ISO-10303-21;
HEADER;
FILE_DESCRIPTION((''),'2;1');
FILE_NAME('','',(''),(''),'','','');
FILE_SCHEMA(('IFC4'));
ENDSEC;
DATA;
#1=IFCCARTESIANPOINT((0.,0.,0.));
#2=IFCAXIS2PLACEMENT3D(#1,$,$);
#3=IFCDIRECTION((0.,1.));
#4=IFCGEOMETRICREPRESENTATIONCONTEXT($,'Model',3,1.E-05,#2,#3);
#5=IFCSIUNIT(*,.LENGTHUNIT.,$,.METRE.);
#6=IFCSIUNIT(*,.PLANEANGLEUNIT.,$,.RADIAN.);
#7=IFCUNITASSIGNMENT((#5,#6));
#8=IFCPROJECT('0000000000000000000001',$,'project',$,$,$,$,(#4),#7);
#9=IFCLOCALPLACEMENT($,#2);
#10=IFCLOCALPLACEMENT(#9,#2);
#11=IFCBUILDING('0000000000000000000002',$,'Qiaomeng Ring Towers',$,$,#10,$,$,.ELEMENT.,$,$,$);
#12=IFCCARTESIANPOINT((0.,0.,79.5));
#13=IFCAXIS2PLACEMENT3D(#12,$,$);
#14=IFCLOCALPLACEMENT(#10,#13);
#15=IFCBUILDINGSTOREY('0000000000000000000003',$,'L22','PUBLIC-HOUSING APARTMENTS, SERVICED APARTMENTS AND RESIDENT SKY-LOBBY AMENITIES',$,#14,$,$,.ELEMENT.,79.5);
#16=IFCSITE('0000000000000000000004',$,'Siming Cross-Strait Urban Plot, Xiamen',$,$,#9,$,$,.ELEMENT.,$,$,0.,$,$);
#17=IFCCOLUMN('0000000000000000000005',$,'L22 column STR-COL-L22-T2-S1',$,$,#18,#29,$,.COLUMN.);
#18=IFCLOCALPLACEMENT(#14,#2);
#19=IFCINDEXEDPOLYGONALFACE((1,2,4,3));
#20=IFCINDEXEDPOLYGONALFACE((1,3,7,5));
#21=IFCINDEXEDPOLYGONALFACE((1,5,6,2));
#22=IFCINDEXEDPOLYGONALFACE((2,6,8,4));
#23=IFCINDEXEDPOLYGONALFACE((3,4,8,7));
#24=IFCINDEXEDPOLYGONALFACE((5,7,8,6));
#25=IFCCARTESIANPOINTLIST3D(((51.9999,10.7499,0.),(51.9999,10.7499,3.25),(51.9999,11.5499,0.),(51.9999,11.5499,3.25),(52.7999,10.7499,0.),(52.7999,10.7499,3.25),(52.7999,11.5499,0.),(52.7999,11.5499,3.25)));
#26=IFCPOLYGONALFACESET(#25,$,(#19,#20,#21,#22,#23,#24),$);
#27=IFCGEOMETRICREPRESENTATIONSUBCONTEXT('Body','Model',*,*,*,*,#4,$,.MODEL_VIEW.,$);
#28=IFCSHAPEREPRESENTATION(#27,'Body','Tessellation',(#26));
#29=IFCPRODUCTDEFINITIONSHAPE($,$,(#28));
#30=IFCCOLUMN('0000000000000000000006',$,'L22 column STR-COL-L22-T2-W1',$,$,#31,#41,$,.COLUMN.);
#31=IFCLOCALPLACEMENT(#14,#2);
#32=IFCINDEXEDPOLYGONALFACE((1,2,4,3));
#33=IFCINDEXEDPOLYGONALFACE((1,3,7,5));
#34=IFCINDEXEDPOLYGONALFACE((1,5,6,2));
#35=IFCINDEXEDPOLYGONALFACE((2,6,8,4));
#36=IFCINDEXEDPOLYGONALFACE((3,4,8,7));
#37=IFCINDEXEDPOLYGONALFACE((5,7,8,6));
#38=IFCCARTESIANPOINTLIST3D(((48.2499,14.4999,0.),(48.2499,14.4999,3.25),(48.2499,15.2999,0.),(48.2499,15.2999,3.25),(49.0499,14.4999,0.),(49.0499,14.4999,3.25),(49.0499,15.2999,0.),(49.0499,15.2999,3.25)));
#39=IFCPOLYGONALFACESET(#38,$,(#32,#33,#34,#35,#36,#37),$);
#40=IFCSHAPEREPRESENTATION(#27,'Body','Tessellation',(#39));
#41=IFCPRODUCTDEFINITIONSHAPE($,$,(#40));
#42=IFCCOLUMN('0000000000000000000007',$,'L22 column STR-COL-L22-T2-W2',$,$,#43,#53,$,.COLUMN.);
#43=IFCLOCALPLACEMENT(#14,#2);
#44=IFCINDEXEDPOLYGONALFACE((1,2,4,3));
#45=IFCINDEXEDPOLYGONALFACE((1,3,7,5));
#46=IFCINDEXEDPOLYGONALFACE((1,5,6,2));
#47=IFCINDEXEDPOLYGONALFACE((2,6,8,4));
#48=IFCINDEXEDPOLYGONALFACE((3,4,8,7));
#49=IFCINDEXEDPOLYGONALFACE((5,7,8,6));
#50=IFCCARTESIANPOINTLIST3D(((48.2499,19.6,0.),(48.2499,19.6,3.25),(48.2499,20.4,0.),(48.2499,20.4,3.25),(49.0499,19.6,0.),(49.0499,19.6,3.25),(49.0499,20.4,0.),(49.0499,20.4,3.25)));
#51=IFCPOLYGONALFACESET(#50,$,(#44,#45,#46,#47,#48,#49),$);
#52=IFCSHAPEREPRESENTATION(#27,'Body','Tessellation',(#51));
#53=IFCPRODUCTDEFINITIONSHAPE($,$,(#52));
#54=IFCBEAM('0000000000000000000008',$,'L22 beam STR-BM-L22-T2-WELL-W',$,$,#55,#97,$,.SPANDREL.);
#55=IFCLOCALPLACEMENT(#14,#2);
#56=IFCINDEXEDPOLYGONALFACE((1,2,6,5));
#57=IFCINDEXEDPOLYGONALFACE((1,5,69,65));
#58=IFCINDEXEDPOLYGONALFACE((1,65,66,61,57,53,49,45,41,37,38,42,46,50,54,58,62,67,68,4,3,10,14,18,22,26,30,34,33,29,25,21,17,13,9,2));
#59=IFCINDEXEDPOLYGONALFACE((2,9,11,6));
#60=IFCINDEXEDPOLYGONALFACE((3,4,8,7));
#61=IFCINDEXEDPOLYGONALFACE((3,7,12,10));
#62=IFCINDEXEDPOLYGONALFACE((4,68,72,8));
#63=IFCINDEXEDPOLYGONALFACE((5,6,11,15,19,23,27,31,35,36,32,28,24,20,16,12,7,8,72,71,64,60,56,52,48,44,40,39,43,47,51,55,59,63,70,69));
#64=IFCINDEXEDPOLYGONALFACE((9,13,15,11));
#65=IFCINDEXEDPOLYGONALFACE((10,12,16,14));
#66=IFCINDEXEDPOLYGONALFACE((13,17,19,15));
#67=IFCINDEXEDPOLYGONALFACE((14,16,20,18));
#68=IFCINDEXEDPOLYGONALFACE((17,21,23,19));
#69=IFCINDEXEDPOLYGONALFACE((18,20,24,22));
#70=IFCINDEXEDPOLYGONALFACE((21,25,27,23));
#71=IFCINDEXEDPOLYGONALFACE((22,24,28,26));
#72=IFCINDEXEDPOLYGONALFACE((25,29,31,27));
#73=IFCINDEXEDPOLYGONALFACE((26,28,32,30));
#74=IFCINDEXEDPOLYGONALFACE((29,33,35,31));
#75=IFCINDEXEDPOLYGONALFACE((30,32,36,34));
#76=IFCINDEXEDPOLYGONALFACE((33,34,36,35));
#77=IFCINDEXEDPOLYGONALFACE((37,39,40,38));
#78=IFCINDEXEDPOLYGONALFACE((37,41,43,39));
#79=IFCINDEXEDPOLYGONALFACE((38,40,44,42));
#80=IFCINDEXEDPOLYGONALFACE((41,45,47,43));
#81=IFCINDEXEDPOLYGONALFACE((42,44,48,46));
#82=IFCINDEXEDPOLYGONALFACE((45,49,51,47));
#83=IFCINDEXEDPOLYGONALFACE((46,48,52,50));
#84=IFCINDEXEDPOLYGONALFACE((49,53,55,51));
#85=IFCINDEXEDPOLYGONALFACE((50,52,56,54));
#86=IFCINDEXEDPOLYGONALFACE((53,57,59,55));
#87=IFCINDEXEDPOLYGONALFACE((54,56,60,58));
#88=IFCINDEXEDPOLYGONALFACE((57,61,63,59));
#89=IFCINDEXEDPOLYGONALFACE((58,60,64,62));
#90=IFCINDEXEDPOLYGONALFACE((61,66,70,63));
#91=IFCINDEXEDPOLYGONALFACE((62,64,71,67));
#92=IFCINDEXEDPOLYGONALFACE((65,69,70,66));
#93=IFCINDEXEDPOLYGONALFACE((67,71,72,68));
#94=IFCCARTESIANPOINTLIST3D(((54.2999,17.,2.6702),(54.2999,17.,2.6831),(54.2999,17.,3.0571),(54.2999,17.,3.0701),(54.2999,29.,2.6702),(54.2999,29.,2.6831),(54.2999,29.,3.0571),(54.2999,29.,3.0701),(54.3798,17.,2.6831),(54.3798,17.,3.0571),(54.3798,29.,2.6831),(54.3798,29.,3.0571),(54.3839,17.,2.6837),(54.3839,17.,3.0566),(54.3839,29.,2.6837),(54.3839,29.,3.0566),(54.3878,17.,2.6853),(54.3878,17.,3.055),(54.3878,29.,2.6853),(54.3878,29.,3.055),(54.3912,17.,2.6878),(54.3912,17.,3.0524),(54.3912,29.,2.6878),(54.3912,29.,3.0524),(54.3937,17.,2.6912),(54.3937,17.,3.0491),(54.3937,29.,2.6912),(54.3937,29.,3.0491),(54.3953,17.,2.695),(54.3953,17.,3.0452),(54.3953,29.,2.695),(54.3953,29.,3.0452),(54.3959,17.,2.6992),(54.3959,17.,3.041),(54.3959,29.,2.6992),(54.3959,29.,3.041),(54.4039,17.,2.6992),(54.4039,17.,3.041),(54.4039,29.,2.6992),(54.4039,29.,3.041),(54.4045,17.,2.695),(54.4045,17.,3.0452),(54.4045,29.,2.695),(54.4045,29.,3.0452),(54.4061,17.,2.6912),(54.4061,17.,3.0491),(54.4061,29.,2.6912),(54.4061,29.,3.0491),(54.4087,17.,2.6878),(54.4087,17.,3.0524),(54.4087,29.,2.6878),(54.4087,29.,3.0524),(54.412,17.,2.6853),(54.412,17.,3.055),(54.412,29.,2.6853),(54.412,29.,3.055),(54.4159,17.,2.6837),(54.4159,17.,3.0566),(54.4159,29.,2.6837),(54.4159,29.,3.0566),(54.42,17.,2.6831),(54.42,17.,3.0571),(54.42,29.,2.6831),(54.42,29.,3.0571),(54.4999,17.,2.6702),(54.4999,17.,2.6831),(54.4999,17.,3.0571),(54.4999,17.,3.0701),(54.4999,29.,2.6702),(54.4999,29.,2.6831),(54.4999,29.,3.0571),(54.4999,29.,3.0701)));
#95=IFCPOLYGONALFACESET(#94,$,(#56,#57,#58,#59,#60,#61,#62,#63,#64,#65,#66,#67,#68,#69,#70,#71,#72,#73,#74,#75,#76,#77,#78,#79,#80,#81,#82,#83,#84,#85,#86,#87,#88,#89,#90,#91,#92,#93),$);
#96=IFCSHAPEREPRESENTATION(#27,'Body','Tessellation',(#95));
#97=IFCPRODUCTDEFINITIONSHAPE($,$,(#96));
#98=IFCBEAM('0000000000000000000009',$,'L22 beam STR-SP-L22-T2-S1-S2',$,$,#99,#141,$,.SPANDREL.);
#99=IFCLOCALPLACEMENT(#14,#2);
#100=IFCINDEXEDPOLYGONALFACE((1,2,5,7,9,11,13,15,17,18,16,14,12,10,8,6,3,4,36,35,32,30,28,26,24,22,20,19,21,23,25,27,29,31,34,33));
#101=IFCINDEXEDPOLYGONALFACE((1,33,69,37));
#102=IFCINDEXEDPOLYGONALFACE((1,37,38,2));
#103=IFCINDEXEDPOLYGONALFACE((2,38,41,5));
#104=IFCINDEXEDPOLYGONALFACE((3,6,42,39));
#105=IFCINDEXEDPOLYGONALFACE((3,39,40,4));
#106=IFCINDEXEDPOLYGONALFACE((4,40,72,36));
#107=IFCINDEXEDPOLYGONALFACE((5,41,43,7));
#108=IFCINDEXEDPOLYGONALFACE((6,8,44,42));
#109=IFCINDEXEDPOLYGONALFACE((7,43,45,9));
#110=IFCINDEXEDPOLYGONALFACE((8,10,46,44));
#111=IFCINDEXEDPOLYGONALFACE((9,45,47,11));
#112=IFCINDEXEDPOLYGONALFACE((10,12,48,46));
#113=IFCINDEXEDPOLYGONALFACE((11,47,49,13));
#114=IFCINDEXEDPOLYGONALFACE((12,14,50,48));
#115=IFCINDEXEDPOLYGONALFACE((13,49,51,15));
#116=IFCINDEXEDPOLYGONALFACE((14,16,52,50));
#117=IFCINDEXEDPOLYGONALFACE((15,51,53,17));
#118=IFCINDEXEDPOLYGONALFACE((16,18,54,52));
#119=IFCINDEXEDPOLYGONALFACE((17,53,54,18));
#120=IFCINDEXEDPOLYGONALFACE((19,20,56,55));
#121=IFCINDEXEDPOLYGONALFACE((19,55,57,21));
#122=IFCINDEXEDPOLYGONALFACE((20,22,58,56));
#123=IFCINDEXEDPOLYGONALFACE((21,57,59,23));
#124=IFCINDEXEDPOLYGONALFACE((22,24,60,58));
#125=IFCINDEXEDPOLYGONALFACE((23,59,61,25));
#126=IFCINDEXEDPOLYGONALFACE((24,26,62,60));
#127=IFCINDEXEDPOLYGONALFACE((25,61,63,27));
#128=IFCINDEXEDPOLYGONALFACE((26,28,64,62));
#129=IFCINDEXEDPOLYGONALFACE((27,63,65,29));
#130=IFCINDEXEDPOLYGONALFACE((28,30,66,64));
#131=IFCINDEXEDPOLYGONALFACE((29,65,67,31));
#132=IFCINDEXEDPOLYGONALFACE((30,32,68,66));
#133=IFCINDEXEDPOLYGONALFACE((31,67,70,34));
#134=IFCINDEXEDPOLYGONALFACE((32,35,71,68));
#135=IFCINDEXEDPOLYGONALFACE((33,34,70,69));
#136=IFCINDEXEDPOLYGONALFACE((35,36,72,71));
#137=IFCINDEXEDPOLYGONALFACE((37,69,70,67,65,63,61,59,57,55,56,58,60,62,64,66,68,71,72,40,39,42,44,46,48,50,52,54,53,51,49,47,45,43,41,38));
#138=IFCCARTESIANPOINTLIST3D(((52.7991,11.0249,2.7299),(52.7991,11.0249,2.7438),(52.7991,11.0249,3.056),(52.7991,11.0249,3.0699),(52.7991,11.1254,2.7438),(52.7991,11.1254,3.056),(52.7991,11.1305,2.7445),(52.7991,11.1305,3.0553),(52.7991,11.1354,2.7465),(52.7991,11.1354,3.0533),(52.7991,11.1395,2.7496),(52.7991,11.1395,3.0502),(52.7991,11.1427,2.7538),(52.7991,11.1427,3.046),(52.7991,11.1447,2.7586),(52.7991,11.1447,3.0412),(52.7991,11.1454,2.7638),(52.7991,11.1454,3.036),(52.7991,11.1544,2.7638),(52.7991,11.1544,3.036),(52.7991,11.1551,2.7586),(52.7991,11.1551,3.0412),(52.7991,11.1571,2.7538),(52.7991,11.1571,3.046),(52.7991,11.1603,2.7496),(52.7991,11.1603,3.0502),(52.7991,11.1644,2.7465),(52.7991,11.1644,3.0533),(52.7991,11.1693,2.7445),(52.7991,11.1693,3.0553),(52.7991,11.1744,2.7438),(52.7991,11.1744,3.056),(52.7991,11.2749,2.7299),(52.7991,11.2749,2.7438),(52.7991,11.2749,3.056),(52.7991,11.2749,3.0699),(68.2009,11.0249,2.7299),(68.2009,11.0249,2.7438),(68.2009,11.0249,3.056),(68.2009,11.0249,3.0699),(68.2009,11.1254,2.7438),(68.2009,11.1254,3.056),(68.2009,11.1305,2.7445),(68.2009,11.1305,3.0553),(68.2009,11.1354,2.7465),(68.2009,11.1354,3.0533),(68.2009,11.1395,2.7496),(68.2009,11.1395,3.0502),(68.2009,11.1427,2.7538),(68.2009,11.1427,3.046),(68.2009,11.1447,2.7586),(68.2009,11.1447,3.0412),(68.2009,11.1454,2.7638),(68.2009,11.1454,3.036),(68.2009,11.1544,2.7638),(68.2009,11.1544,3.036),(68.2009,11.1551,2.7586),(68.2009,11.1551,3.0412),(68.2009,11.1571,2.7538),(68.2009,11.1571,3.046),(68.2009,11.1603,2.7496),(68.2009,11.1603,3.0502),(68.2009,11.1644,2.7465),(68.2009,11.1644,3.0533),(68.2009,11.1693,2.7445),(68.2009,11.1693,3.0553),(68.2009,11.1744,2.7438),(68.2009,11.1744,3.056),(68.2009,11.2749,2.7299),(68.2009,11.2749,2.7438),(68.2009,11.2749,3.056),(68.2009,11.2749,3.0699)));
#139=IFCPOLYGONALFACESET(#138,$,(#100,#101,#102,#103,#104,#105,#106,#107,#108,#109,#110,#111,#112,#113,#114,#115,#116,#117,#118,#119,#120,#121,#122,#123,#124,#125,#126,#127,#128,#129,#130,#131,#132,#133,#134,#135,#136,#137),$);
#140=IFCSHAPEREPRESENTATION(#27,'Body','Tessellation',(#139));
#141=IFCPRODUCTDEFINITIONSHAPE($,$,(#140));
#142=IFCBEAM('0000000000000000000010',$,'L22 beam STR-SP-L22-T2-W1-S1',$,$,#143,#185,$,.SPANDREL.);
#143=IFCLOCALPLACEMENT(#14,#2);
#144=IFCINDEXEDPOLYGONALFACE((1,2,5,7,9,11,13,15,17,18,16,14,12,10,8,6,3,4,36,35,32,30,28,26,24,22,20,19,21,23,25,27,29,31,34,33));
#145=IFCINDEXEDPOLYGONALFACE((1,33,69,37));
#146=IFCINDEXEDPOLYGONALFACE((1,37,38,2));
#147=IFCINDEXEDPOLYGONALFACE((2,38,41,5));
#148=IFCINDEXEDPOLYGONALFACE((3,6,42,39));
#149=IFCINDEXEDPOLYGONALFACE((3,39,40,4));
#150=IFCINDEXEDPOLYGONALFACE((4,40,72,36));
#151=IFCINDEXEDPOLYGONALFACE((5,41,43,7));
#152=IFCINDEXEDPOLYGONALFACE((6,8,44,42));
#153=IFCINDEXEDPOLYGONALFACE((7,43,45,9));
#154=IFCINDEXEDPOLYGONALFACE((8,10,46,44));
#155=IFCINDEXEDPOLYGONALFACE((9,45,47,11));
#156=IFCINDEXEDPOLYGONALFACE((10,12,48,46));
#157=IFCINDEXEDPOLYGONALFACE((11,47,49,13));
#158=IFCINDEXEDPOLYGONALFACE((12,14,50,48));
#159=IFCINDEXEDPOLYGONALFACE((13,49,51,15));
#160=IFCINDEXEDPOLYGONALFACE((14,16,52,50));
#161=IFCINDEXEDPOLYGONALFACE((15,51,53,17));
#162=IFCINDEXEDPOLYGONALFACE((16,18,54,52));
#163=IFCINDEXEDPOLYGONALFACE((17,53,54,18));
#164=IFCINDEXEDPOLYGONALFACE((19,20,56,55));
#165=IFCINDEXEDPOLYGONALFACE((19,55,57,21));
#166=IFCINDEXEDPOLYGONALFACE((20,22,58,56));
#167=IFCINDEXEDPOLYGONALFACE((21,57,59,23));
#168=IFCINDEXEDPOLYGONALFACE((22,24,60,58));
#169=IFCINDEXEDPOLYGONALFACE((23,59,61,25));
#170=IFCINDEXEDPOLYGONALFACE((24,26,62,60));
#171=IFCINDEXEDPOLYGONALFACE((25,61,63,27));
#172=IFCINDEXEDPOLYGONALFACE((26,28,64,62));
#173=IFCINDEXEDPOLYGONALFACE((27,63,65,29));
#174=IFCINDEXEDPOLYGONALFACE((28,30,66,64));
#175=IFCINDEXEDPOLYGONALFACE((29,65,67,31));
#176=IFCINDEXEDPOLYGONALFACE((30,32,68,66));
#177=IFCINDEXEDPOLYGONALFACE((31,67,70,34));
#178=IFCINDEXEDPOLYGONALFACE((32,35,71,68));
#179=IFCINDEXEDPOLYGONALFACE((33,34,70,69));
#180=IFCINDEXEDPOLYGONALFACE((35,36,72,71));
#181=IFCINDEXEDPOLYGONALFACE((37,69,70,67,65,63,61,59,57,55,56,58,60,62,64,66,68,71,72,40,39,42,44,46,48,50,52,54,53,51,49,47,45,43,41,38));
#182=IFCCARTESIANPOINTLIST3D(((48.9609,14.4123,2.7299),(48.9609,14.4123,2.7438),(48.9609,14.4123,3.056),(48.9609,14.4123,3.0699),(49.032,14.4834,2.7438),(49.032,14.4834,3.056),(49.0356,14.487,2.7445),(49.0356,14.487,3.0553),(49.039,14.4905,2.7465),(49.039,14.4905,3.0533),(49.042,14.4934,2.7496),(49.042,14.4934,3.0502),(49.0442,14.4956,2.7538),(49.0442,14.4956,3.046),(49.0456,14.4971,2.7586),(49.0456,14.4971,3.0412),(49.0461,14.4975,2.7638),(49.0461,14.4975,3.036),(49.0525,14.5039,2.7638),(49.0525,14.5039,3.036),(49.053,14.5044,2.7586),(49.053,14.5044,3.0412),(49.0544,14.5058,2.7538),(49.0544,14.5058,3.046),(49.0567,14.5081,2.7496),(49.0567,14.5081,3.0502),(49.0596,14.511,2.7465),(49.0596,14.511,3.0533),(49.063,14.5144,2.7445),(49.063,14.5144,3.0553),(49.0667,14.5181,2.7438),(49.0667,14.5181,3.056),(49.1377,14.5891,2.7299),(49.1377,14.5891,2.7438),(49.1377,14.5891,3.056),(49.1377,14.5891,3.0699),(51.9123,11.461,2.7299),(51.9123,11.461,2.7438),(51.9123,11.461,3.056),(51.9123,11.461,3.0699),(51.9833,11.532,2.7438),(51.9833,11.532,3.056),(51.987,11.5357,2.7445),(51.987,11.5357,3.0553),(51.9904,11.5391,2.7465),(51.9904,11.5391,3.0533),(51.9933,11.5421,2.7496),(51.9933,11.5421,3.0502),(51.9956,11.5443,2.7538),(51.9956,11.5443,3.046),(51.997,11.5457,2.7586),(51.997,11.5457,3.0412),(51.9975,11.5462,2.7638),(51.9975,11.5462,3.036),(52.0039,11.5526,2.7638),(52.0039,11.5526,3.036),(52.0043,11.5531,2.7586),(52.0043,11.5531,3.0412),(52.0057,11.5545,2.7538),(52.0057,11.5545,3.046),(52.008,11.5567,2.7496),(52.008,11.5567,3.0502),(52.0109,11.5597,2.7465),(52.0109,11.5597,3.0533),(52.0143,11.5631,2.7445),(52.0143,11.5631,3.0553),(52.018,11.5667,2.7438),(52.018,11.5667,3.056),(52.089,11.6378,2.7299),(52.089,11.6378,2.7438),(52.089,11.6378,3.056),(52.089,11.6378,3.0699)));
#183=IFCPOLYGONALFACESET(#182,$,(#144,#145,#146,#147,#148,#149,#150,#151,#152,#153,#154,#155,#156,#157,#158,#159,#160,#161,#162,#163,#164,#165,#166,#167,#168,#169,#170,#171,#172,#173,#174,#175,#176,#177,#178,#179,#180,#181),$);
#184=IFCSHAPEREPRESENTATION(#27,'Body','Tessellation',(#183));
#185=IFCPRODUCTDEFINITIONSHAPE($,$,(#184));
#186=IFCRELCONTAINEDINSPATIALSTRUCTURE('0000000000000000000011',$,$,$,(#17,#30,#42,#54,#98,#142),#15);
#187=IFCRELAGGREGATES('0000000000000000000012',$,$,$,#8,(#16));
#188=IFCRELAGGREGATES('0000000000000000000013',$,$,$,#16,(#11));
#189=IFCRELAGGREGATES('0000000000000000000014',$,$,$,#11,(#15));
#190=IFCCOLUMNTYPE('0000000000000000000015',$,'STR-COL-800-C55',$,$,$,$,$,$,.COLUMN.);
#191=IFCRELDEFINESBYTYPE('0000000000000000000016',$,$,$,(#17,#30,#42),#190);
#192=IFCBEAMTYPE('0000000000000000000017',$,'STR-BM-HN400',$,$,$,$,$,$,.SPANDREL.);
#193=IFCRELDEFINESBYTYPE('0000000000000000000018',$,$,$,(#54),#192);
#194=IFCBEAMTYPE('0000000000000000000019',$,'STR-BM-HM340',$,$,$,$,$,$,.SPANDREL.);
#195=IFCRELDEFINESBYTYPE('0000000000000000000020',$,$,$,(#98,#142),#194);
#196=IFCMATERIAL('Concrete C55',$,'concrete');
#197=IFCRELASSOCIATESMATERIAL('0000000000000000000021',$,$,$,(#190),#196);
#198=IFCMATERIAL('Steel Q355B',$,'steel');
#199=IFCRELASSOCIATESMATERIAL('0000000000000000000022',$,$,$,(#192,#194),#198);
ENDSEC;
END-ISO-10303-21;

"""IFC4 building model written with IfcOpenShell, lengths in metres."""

from ifc_helpers import new_model, si_unit, direction, frame, origin, origin_2d, place, context, subcontext, project, spatial, rectangle, i_section, extrude, source, transform, mapped, material, material_profile, profile_set, type_object, element, save


model = new_model("IFC4")

# Units and contexts
model_context = context("Model", 3, precision=1e-05, world=origin(), true_north=direction((0.0, 1.0)))
body_context = subcontext(model_context, "Body", "Model", "MODEL_VIEW")
ifc_project = project(units=[si_unit("LENGTHUNIT", "METRE"), si_unit("PLANEANGLEUNIT", "RADIAN")], contexts=[model_context])

# Site, building, storey
site_placement = place(None, origin())
site = spatial("IfcSite", under=ifc_project, at=site_placement, Name="Siming Cross-Strait Urban Plot, Xiamen", CompositionType="ELEMENT", RefElevation=0.0)
building_placement = place(site_placement, origin())
building = spatial("IfcBuilding", under=site, at=building_placement, Name="Qiaomeng Ring Towers", CompositionType="ELEMENT")
storey_placement = place(building_placement, frame((0.0, 0.0, 79.5)))
storey = spatial("IfcBuildingStorey", under=building, at=storey_placement, Name="L22", Description="PUBLIC-HOUSING APARTMENTS, SERVICED APARTMENTS AND RESIDENT SKY-LOBBY AMENITIES", CompositionType="ELEMENT", Elevation=79.5)

# Columns
ifc_material_1 = material(Name="Concrete C55", Category="concrete")
ifc_material_profile_1 = material_profile(ifc_material_1, rectangle(XDim=0.8, YDim=0.8, at=origin_2d()), Name="RC COL 800x800")
ifc_profile_set_1 = profile_set([ifc_material_profile_1], Name="Concrete C55")
column_type = type_object("IfcColumnType", Name="STR-COL-800-C55", PredefinedType="COLUMN", material=ifc_profile_set_1)
shared_shape_1 = source(origin(), body_context, "Body", "SweptSolid", [
    extrude(rectangle(XDim=0.8, YDim=0.8, at=origin_2d()), origin(), (0.0, 0.0, 1.0), 3.25),
])
for number, where, z_axis, x_axis, name in (
    (1, (52.3999, 11.1499, 0.0), (0.0, 0.0, 1.0), (1.0, 0.0, 0.0), "L22 column STR-COL-L22-T2-S1"),
    (2, (48.6499, 14.8999, 0.0), (0.0, 0.0, 1.0), (1.0, 0.0, 0.0), "L22 column STR-COL-L22-T2-W1"),
    (3, (48.6499, 20.0, 0.0), (0.0, 0.0, 1.0), (1.0, 0.0, 0.0), "L22 column STR-COL-L22-T2-W2"),
):
    element("IfcColumn", number, at=place(storey_placement, frame(where, z_axis=z_axis, x_axis=x_axis)), inside=storey, type_object=column_type, Name=name, PredefinedType="COLUMN", context=body_context, shape_type="MappedRepresentation", body=[
        mapped(shared_shape_1, transform((0.0, 0.0, 0.0), x_axis=(1.0, 0.0, 0.0), y_axis=(0.0, 1.0, 0.0), z_axis=(0.0, 0.0, 1.0), scale=1.0)),
    ])

# Beams
ifc_material_2 = material(Name="Steel Q355B", Category="steel")
ifc_material_profile_2 = material_profile(ifc_material_2, i_section(OverallWidth=0.2, OverallDepth=0.3999, WebThickness=0.0081, FlangeThickness=0.0129, FilletRadius=0.0161, at=origin_2d()), Name="HN 400x200x8x13")
ifc_profile_set_2 = profile_set([ifc_material_profile_2], Name="Steel Q355B")
beam_type_1 = type_object("IfcBeamType", Name="STR-BM-HN400", PredefinedType="SPANDREL", material=ifc_profile_set_2)
shared_shape_2 = source(origin(), body_context, "Body", "SweptSolid", [
    extrude(i_section(OverallWidth=0.2, OverallDepth=0.3999, WebThickness=0.0081, FlangeThickness=0.0129, FilletRadius=0.0161, at=origin_2d()), origin(), (0.0, 0.0, 1.0), 12.0),
])
beam_1_placement = place(storey_placement, frame((54.3999, 17.0, 2.8701), z_axis=(0.0, 1.0, 0.0), x_axis=(-1.0, 0.0, 0.0)))
element("IfcBeam", 4, at=beam_1_placement, inside=storey, type_object=beam_type_1, Name="L22 beam STR-BM-L22-T2-WELL-W", PredefinedType="SPANDREL", context=body_context, shape_type="MappedRepresentation", body=[
    mapped(shared_shape_2, transform((0.0, 0.0, 0.0), x_axis=(1.0, 0.0, 0.0), y_axis=(0.0, 1.0, 0.0), z_axis=(0.0, 0.0, 1.0), scale=1.0)),
])
ifc_material_profile_3 = material_profile(ifc_material_2, i_section(OverallWidth=0.25, OverallDepth=0.3401, WebThickness=0.009, FlangeThickness=0.0139, FilletRadius=0.02, at=origin_2d()), Name="HM 340x250x9x14")
ifc_profile_set_3 = profile_set([ifc_material_profile_3], Name="Steel Q355B")
beam_type_2 = type_object("IfcBeamType", Name="STR-BM-HM340", PredefinedType="SPANDREL", material=ifc_profile_set_3)
shared_shape_3 = source(origin(), body_context, "Body", "SweptSolid", [
    extrude(i_section(OverallWidth=0.25, OverallDepth=0.3401, WebThickness=0.009, FlangeThickness=0.0139, FilletRadius=0.02, at=origin_2d()), origin(), (0.0, 0.0, 1.0), 15.4019),
])
beam_2_placement = place(storey_placement, frame((52.7991, 11.1499, 2.8999), z_axis=(1.0, 0.0, 0.0), x_axis=(0.0, 1.0, 0.0)))
element("IfcBeam", 5, at=beam_2_placement, inside=storey, type_object=beam_type_2, Name="L22 beam STR-SP-L22-T2-S1-S2", PredefinedType="SPANDREL", context=body_context, shape_type="MappedRepresentation", body=[
    mapped(shared_shape_3, transform((0.0, 0.0, 0.0), x_axis=(1.0, 0.0, 0.0), y_axis=(0.0, 1.0, 0.0), z_axis=(0.0, 0.0, 1.0), scale=1.0)),
])
shared_shape_4 = source(origin(), body_context, "Body", "SweptSolid", [
    extrude(i_section(OverallWidth=0.25, OverallDepth=0.3401, WebThickness=0.009, FlangeThickness=0.0139, FilletRadius=0.02, at=origin_2d()), origin(), (0.0, 0.0, 1.0), 4.1738),
])
beam_3_placement = place(storey_placement, frame((49.0493, 14.5007, 2.8999), z_axis=(0.707107, -0.707107, 0.0), x_axis=(0.707107, 0.707107, 0.0)))
element("IfcBeam", 6, at=beam_3_placement, inside=storey, type_object=beam_type_2, Name="L22 beam STR-SP-L22-T2-W1-S1", PredefinedType="SPANDREL", context=body_context, shape_type="MappedRepresentation", body=[
    mapped(shared_shape_4, transform((0.0, 0.0, 0.0), x_axis=(1.0, 0.0, 0.0), y_axis=(0.0, 1.0, 0.0), z_axis=(0.0, 0.0, 1.0), scale=1.0)),
])

save(model, "model.ifc")
